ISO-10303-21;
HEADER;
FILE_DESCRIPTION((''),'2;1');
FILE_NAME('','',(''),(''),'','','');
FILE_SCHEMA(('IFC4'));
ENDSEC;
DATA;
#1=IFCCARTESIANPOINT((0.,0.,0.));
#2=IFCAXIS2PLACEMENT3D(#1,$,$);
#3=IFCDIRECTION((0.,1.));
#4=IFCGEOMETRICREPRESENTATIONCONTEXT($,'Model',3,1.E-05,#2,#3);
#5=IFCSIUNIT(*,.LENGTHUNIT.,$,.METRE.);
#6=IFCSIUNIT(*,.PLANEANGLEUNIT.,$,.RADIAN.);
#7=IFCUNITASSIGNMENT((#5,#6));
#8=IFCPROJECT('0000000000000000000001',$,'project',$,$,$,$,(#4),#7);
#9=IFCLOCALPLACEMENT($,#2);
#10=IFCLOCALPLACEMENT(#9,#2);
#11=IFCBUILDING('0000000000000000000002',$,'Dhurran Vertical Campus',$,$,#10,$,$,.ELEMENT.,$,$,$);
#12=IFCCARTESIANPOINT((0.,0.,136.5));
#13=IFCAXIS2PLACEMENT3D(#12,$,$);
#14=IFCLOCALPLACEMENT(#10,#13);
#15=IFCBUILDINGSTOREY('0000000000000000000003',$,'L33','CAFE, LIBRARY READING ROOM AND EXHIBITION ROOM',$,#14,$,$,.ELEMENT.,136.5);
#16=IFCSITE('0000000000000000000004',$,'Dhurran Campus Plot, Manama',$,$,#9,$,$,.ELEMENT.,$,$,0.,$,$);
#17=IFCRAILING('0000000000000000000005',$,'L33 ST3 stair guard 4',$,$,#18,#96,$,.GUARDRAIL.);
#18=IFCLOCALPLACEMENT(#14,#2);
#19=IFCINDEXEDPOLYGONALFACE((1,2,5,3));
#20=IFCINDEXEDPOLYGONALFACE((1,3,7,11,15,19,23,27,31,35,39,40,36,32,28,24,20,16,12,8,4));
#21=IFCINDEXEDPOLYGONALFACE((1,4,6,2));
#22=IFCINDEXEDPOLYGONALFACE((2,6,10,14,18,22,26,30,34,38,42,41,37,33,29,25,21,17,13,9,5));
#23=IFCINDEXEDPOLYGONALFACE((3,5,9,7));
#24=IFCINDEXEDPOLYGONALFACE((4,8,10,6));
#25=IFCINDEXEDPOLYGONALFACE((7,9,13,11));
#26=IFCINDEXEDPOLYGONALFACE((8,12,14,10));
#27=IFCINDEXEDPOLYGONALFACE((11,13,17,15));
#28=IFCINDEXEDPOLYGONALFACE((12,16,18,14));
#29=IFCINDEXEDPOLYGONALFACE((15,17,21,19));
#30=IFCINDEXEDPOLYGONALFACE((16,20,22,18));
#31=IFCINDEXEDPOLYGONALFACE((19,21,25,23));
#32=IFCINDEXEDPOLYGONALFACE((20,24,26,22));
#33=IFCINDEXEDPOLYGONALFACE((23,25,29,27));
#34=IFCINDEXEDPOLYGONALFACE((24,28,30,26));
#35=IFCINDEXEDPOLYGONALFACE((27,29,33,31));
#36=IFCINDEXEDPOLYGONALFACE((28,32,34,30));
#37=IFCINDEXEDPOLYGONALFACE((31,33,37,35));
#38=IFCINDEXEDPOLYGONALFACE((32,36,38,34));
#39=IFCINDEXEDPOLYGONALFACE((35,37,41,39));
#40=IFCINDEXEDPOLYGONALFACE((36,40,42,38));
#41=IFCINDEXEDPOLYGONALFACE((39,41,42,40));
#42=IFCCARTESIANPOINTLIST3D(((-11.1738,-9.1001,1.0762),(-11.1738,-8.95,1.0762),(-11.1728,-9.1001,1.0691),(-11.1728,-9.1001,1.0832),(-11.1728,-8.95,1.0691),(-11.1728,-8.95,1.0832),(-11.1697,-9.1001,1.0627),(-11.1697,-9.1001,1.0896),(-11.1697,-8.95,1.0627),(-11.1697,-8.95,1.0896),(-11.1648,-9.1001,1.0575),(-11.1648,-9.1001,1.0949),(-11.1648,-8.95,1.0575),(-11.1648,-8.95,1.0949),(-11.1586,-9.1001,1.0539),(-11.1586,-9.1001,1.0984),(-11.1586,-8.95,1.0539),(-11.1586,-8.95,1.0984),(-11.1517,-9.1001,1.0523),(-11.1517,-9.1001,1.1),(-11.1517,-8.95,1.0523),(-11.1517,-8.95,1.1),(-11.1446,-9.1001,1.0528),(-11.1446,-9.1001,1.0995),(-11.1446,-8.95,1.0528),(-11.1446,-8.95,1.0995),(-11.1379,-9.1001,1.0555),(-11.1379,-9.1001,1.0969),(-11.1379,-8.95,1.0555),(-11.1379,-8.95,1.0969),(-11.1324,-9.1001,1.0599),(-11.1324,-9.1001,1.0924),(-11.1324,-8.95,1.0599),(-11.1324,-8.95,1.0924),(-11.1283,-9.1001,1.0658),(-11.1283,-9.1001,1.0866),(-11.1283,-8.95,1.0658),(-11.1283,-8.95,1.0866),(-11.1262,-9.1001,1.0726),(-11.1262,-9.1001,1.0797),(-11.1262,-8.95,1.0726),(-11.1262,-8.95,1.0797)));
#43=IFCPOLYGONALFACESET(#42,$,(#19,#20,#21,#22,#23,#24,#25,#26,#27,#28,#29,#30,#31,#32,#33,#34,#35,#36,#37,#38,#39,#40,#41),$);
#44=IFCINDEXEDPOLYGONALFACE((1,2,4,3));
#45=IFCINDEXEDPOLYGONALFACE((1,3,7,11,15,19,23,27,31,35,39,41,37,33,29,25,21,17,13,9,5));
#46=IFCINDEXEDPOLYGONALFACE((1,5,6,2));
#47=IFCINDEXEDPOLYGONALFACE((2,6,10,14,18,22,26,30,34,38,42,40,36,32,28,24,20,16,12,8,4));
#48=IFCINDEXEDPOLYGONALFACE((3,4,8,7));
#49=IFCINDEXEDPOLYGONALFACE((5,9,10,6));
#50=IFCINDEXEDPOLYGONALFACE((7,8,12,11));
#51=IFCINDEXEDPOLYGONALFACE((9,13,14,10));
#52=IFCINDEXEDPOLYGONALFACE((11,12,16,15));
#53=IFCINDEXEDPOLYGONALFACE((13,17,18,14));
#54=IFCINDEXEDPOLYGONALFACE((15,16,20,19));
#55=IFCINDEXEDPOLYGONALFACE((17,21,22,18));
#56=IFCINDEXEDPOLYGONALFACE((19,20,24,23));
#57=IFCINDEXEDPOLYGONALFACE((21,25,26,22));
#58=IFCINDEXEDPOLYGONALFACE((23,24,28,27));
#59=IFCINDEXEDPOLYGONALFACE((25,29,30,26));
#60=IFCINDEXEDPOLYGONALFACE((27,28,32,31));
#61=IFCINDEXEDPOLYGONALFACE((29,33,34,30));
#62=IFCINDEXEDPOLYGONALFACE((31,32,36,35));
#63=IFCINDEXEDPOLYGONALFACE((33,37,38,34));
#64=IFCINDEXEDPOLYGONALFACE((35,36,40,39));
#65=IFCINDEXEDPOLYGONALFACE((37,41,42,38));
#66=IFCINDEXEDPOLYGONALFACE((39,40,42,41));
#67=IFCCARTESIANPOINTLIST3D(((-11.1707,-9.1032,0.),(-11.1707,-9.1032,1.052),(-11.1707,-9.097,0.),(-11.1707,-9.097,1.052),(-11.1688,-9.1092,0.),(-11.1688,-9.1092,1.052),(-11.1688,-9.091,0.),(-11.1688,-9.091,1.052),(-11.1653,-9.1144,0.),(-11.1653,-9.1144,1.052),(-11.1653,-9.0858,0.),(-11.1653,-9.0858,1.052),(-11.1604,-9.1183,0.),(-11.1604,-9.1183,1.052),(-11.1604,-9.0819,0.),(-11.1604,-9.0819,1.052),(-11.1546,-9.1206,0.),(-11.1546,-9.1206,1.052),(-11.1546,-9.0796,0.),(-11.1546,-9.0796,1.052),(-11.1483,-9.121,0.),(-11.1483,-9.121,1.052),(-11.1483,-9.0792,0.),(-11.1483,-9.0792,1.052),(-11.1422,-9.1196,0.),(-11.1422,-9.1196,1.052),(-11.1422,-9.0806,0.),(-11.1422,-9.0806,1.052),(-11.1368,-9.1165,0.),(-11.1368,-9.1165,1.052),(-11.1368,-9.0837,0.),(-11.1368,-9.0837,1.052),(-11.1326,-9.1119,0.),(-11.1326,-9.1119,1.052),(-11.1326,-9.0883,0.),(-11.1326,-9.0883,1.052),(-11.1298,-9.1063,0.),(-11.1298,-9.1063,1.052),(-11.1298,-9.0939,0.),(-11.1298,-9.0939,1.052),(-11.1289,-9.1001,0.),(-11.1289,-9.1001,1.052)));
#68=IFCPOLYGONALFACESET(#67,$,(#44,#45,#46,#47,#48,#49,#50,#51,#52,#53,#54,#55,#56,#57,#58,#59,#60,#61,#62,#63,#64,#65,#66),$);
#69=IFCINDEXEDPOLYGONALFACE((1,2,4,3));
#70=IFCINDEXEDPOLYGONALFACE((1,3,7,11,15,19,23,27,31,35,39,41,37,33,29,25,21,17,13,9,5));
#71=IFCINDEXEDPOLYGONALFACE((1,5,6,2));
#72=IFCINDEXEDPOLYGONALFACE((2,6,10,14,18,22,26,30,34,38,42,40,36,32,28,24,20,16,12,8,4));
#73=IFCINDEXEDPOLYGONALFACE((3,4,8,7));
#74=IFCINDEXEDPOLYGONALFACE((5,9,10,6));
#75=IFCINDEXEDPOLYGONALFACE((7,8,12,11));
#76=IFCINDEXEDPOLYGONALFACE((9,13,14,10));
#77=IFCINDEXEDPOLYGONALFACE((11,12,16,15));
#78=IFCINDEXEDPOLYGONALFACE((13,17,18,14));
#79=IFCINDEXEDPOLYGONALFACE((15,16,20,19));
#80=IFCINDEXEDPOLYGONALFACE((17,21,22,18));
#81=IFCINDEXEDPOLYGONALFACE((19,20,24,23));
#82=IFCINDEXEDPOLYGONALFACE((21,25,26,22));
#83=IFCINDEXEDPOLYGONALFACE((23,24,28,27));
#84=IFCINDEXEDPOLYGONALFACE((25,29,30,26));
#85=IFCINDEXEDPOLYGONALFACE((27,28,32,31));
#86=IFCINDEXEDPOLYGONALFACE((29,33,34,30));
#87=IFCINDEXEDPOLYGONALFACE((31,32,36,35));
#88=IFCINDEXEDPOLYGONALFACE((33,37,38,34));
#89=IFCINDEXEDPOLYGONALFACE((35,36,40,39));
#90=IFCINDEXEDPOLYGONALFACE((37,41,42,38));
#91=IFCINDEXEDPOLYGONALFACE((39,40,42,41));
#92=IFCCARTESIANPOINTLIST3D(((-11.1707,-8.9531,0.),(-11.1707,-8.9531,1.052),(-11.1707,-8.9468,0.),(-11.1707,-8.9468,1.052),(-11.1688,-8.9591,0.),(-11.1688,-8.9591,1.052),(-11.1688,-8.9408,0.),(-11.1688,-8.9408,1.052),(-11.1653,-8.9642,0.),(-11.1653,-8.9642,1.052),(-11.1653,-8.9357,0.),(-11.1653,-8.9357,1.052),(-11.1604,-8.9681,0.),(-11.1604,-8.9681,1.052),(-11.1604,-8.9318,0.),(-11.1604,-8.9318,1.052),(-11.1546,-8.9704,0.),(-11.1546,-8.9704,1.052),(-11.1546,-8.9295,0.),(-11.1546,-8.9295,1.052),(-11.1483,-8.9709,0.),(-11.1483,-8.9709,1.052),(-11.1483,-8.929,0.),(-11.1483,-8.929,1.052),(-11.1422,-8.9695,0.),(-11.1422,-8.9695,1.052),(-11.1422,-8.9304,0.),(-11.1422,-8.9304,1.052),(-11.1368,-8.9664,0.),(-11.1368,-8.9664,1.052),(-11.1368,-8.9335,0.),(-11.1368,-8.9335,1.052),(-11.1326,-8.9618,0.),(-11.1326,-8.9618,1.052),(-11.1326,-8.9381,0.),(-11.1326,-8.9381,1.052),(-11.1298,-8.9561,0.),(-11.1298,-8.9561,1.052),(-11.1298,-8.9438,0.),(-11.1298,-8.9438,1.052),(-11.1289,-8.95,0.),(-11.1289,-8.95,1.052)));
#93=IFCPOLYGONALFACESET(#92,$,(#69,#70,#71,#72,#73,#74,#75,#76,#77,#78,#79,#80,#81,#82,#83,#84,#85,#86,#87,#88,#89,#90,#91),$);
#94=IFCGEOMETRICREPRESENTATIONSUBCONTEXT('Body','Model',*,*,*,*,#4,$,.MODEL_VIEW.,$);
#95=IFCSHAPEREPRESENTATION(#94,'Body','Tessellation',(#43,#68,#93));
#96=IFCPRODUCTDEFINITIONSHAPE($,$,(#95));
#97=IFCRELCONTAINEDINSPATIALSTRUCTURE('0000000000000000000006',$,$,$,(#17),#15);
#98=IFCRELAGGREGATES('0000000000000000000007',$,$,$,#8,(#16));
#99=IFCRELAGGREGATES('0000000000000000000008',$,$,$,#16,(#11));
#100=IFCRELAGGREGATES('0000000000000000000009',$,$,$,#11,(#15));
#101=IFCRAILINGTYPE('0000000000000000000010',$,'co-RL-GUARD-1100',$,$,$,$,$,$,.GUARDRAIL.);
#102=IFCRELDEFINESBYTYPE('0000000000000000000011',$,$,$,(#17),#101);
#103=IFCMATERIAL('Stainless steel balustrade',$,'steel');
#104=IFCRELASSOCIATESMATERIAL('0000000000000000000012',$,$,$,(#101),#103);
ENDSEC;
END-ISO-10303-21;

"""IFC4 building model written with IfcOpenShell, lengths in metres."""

from ifc_helpers import new_model, si_unit, direction, frame, origin, origin_2d, place, context, subcontext, project, spatial, circle, extrude, material, type_object, element, save


model = new_model("IFC4")

# Units and contexts
model_context = context("Model", 3, precision=1e-05, world=origin(), true_north=direction((0.0, 1.0)))
body_context = subcontext(model_context, "Body", "Model", "MODEL_VIEW")
ifc_project = project(units=[si_unit("LENGTHUNIT", "METRE"), si_unit("PLANEANGLEUNIT", "RADIAN")], contexts=[model_context])

# Site, building, storey
site_placement = place(None, origin())
site = spatial("IfcSite", under=ifc_project, at=site_placement, Name="Dhurran Campus Plot, Manama", CompositionType="ELEMENT", RefElevation=0.0)
building_placement = place(site_placement, origin())
building = spatial("IfcBuilding", under=site, at=building_placement, Name="Dhurran Vertical Campus", CompositionType="ELEMENT")
storey_placement = place(building_placement, frame((0.0, 0.0, 136.5)))
storey = spatial("IfcBuildingStorey", under=building, at=storey_placement, Name="L33", Description="CAFE, LIBRARY READING ROOM AND EXHIBITION ROOM", CompositionType="ELEMENT", Elevation=136.5)

# Railing
ifc_material_1 = material(Name="Stainless steel balustrade", Category="steel")
railing_type_1 = type_object("IfcRailingType", Name="co-RL-GUARD-1100", PredefinedType="GUARDRAIL", material=ifc_material_1)
railing_1_placement = place(storey_placement, frame((-11.1499, -9.1001, 0.0)))
element("IfcRailing", 1, at=railing_1_placement, inside=storey, type_object=railing_type_1, Name="L33 ST3 stair guard 4", PredefinedType="GUARDRAIL", context=body_context, shape_type="SweptSolid", body=[
    extrude(circle(Radius=0.0239, at=origin_2d()), frame((0.0, 0.0, 1.0762), z_axis=(0.0, 1.0, 0.0), x_axis=(-1.0, 0.0, 0.0)), (0.0, 0.0, 1.0), 0.1501),
    extrude(circle(Radius=0.021, at=origin_2d()), origin(), (0.0, 0.0, 1.0), 1.052),
    extrude(circle(Radius=0.021, at=origin_2d()), frame((0.0, 0.1501, 0.0)), (0.0, 0.0, 1.0), 1.052),
])

save(model, "model.ifc")
